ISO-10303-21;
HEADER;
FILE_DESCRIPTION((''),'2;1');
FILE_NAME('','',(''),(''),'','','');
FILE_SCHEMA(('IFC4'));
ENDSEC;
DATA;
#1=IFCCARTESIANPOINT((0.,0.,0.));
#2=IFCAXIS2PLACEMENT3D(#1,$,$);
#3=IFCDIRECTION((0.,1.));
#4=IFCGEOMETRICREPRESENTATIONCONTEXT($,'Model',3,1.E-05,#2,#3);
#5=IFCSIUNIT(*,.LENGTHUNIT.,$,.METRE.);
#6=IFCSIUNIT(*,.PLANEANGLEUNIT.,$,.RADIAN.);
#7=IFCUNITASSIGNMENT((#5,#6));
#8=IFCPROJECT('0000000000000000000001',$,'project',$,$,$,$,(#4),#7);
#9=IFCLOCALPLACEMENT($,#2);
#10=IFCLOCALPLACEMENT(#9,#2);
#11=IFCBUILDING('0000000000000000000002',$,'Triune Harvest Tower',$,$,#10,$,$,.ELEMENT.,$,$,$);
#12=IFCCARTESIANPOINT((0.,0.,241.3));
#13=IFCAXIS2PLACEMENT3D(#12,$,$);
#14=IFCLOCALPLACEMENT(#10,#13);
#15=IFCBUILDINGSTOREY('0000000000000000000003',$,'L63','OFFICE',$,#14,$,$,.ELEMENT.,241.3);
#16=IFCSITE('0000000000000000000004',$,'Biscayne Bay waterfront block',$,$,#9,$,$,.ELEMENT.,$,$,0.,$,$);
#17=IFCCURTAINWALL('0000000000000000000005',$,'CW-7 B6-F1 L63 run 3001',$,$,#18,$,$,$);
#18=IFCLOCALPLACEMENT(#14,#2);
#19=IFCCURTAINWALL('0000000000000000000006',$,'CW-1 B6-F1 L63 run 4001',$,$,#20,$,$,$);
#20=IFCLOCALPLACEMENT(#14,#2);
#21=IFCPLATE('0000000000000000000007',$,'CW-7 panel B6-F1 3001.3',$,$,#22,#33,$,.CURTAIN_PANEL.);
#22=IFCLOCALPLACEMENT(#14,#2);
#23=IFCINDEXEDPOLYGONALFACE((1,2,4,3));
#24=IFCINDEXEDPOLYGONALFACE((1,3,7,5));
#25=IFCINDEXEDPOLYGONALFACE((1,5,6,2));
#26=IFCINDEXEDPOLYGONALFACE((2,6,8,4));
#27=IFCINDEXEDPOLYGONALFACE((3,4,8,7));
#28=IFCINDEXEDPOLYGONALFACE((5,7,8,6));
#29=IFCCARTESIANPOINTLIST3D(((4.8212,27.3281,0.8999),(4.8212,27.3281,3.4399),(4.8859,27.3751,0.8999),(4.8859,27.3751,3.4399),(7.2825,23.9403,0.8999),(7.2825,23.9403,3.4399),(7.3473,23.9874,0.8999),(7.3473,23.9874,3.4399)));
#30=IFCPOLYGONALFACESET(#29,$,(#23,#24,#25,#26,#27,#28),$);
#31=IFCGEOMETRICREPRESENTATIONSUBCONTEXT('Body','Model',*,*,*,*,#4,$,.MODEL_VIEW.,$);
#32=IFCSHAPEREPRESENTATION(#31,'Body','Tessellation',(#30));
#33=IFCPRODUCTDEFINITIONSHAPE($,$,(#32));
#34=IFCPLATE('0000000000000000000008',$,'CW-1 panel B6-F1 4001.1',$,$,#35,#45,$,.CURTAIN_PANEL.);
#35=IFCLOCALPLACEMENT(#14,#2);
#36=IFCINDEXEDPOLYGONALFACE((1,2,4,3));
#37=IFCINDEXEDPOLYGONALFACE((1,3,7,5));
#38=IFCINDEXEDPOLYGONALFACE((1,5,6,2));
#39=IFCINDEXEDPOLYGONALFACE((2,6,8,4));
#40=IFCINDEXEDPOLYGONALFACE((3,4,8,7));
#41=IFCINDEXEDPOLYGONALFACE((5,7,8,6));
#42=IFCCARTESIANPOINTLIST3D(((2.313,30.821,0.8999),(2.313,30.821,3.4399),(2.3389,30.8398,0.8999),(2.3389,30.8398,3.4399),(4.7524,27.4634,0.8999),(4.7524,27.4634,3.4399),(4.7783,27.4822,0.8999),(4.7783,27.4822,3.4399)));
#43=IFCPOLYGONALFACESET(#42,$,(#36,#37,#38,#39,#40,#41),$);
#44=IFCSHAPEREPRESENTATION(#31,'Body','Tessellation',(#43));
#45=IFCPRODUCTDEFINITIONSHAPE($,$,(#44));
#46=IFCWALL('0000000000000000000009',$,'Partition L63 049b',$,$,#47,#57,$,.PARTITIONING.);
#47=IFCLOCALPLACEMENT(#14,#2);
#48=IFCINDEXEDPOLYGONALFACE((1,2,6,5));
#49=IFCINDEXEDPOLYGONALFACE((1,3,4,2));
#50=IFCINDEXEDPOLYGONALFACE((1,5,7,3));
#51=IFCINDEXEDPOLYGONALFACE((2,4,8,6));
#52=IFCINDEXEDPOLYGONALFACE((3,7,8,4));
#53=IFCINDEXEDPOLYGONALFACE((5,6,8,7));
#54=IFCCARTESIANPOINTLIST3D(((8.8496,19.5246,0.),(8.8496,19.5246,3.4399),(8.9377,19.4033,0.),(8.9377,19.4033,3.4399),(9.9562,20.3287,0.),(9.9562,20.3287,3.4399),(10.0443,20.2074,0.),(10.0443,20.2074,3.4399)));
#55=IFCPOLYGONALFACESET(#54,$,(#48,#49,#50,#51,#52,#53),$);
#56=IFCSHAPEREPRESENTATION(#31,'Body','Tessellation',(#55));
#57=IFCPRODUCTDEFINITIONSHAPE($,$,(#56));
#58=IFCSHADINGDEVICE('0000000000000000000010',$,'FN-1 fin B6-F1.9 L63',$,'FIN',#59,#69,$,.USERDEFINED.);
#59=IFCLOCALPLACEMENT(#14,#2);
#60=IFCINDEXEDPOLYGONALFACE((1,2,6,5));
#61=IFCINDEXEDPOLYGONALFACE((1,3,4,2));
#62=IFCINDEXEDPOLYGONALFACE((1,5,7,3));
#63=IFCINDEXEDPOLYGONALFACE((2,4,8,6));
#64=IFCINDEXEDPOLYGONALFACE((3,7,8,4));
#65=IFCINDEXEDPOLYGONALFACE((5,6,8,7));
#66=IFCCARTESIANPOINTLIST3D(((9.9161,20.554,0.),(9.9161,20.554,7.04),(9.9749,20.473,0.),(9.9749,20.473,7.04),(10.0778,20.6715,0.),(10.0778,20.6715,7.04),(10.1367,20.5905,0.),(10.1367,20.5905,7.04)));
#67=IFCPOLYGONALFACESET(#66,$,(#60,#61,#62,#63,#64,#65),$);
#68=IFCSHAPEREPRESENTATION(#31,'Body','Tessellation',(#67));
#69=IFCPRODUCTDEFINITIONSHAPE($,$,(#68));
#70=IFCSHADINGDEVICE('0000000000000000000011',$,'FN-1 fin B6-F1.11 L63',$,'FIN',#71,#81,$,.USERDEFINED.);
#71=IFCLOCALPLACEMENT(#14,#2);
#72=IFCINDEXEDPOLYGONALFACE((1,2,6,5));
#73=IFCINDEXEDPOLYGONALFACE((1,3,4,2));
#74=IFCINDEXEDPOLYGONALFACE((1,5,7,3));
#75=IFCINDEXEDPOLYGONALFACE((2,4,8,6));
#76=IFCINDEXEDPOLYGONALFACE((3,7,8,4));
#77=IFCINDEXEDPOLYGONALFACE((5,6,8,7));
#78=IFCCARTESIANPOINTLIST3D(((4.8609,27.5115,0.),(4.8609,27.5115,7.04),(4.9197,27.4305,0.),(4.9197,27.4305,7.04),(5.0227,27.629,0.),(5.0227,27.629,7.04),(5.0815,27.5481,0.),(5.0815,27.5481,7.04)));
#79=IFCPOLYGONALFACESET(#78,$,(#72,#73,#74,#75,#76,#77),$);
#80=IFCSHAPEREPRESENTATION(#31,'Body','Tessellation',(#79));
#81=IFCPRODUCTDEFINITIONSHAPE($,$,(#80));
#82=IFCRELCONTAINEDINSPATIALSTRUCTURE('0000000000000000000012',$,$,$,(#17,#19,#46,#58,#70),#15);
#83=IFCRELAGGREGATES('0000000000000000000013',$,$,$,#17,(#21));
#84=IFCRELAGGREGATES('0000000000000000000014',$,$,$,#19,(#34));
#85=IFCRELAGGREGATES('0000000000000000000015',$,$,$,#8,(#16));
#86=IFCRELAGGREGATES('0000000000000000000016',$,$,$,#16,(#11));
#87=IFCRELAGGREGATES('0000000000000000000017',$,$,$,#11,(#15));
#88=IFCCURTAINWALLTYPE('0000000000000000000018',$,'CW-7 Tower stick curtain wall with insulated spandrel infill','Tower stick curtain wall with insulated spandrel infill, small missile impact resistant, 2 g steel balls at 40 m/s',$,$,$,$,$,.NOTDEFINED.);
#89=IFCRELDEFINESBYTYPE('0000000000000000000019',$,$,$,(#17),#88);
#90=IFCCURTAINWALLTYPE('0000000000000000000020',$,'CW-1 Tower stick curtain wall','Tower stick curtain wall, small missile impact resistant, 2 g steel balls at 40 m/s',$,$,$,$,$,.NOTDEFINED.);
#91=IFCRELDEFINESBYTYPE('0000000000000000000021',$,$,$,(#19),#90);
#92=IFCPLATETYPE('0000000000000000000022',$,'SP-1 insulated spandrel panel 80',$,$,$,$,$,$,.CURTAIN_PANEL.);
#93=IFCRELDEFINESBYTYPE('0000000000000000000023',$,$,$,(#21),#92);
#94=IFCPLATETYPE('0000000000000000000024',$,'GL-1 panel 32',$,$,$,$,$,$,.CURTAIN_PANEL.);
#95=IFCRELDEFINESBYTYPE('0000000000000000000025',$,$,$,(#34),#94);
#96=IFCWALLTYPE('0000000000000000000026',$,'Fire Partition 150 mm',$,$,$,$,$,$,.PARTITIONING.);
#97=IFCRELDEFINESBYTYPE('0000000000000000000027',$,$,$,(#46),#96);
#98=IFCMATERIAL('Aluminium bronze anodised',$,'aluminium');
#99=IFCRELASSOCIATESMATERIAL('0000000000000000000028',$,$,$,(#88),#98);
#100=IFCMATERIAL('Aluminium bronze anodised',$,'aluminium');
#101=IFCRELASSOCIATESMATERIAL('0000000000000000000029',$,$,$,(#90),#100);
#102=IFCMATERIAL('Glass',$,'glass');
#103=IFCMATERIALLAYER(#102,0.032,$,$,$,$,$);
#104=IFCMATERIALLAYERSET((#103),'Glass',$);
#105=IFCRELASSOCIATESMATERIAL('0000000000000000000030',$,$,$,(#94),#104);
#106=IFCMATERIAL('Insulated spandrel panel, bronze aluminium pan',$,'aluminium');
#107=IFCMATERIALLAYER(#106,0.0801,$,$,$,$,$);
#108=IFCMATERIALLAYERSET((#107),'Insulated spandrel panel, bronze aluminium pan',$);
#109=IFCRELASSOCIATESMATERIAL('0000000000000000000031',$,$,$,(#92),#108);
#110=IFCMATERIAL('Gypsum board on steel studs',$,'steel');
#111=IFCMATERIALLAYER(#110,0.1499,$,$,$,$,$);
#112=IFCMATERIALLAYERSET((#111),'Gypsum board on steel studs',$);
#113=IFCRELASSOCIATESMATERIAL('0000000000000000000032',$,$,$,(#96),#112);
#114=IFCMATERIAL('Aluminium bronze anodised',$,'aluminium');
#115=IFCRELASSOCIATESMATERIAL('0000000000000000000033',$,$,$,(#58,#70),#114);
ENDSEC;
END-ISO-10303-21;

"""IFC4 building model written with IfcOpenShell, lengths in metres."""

from ifc_helpers import new_model, si_unit, direction, frame, frame_2d, origin, origin_2d, place, context, subcontext, project, spatial, rectangle, extrude, source, transform, mapped, material, layer, layer_set, type_object, element, aggregate, save


model = new_model("IFC4")

# Units and contexts
model_context = context("Model", 3, precision=1e-05, world=origin(), true_north=direction((0.0, 1.0)))
body_context = subcontext(model_context, "Body", "Model", "MODEL_VIEW")
ifc_project = project(units=[si_unit("LENGTHUNIT", "METRE"), si_unit("PLANEANGLEUNIT", "RADIAN")], contexts=[model_context])

# Site, building, storey
site_placement = place(None, origin())
site = spatial("IfcSite", under=ifc_project, at=site_placement, Name="Biscayne Bay waterfront block", CompositionType="ELEMENT", RefElevation=0.0)
building_placement = place(site_placement, origin())
building = spatial("IfcBuilding", under=site, at=building_placement, Name="Triune Harvest Tower", CompositionType="ELEMENT")
storey_placement = place(building_placement, frame((0.0, 0.0, 241.3)))
storey = spatial("IfcBuildingStorey", under=building, at=storey_placement, Name="L63", Description="OFFICE", CompositionType="ELEMENT", Elevation=241.3)

# Curtain walls
ifc_material_1 = material(Name="Aluminium bronze anodised", Category="aluminium")
curtain_wall_type_1 = type_object("IfcCurtainWallType", Name="CW-7 Tower stick curtain wall with insulated spandrel infill", Description="Tower stick curtain wall with insulated spandrel infill, small missile impact resistant, 2 g steel balls at 40 m/s", PredefinedType="NOTDEFINED", material=ifc_material_1)
curtain_wall_1_placement = place(storey_placement, origin())
curtain_wall_1 = element("IfcCurtainWall", 1, at=curtain_wall_1_placement, inside=storey, type_object=curtain_wall_type_1, Name="CW-7 B6-F1 L63 run 3001")
ifc_material_2 = material(Name="Aluminium bronze anodised", Category="aluminium")
curtain_wall_type_2 = type_object("IfcCurtainWallType", Name="CW-1 Tower stick curtain wall", Description="Tower stick curtain wall, small missile impact resistant, 2 g steel balls at 40 m/s", PredefinedType="NOTDEFINED", material=ifc_material_2)
curtain_wall_2_placement = place(storey_placement, origin())
curtain_wall_2 = element("IfcCurtainWall", 2, at=curtain_wall_2_placement, inside=storey, type_object=curtain_wall_type_2, Name="CW-1 B6-F1 L63 run 4001")

# Plates
ifc_material_3 = material(Name="Glass", Category="glass")
ifc_layer_1 = layer(ifc_material_3, 0.032)
ifc_layer_set_1 = layer_set([ifc_layer_1], Name="Glass")
plate_type_1 = type_object("IfcPlateType", Name="GL-1 panel 32", PredefinedType="CURTAIN_PANEL", material=ifc_layer_set_1)
ifc_material_4 = material(Name="Insulated spandrel panel, bronze aluminium pan", Category="aluminium")
ifc_layer_2 = layer(ifc_material_4, 0.0801)
ifc_layer_set_2 = layer_set([ifc_layer_2], Name="Insulated spandrel panel, bronze aluminium pan")
plate_type_2 = type_object("IfcPlateType", Name="SP-1 insulated spandrel panel 80", PredefinedType="CURTAIN_PANEL", material=ifc_layer_set_2)
shared_shape_1 = source(origin(), body_context, "Body", "SweptSolid", [
    extrude(rectangle(XDim=4.1875, YDim=0.0801, at=origin_2d()), origin(), (0.0, 0.0, 1.0), 2.54),
])
plate_1_placement = place(storey_placement, frame((6.0842, 25.6577, 0.8999), z_axis=(0.0, 0.0, 1.0), x_axis=(-0.587786, 0.809017, 0.0)))
plate_1 = element("IfcPlate", 3, at=plate_1_placement, type_object=plate_type_2, Name="CW-7 panel B6-F1 3001.3", PredefinedType="CURTAIN_PANEL", context=body_context, shape_type="MappedRepresentation", body=[
    mapped(shared_shape_1, transform((0.0, 0.0, 0.0), scale=1.0)),
])
aggregate(curtain_wall_1, [plate_1])
shared_shape_2 = source(origin(), body_context, "Body", "SweptSolid", [
    extrude(rectangle(XDim=4.1501, YDim=0.032, at=origin_2d()), origin(), (0.0, 0.0, 1.0), 2.54),
])
plate_2_placement = place(storey_placement, frame((3.5457, 29.1516, 0.8999), z_axis=(0.0, 0.0, 1.0), x_axis=(-0.587787, 0.809016, 0.0)))
plate_2 = element("IfcPlate", 4, at=plate_2_placement, type_object=plate_type_1, Name="CW-1 panel B6-F1 4001.1", PredefinedType="CURTAIN_PANEL", context=body_context, shape_type="MappedRepresentation", body=[
    mapped(shared_shape_2, transform((0.0, 0.0, 0.0), scale=1.0)),
])
aggregate(curtain_wall_2, [plate_2])

# Wall
ifc_material_5 = material(Name="Gypsum board on steel studs", Category="steel")
ifc_layer_3 = layer(ifc_material_5, 0.1499)
ifc_layer_set_3 = layer_set([ifc_layer_3], Name="Gypsum board on steel studs")
wall_type = type_object("IfcWallType", Name="Fire Partition 150 mm", PredefinedType="PARTITIONING", material=ifc_layer_set_3)
shared_shape_3 = source(origin(), body_context, "Body", "SweptSolid", [
    extrude(rectangle(XDim=1.3679, YDim=0.1499, at=frame_2d((0.6841, 0.0))), origin(), (0.0, 0.0, 1.0), 3.4399),
])
wall_placement = place(storey_placement, frame((8.8936, 19.4639, 0.0), z_axis=(0.0, 0.0, 1.0), x_axis=(0.808968, 0.587853, 0.0)))
element("IfcWall", 5, at=wall_placement, inside=storey, type_object=wall_type, Name="Partition L63 049b", PredefinedType="PARTITIONING", context=body_context, shape_type="MappedRepresentation", body=[
    mapped(shared_shape_3, transform((0.0, 0.0, 0.0), scale=1.0)),
])

# Shading devices
ifc_material_6 = material(Name="Aluminium bronze anodised", Category="aluminium")
shared_shape_4 = source(origin(), body_context, "Body", "SweptSolid", [
    extrude(rectangle(XDim=0.1001, YDim=0.2, at=origin_2d()), origin(), (0.0, 0.0, 1.0), 7.04),
])
for number, where, z_axis, x_axis, name in (
    (6, (10.0264, 20.5723, 0.0), (0.0, 0.0, 1.0), (-0.587786, 0.809017, 0.0), "FN-1 fin B6-F1.9 L63"),
    (7, (4.9712, 27.5298, 0.0), (0.0, 0.0, 1.0), (-0.587786, 0.809017, 0.0), "FN-1 fin B6-F1.11 L63"),
):
    element("IfcShadingDevice", number, at=place(storey_placement, frame(where, z_axis=z_axis, x_axis=x_axis)), inside=storey, material=ifc_material_6, Name=name, ObjectType="FIN", PredefinedType="USERDEFINED", context=body_context, shape_type="MappedRepresentation", body=[
        mapped(shared_shape_4, transform((0.0, 0.0, 0.0), scale=1.0)),
    ])

save(model, "model.ifc")
